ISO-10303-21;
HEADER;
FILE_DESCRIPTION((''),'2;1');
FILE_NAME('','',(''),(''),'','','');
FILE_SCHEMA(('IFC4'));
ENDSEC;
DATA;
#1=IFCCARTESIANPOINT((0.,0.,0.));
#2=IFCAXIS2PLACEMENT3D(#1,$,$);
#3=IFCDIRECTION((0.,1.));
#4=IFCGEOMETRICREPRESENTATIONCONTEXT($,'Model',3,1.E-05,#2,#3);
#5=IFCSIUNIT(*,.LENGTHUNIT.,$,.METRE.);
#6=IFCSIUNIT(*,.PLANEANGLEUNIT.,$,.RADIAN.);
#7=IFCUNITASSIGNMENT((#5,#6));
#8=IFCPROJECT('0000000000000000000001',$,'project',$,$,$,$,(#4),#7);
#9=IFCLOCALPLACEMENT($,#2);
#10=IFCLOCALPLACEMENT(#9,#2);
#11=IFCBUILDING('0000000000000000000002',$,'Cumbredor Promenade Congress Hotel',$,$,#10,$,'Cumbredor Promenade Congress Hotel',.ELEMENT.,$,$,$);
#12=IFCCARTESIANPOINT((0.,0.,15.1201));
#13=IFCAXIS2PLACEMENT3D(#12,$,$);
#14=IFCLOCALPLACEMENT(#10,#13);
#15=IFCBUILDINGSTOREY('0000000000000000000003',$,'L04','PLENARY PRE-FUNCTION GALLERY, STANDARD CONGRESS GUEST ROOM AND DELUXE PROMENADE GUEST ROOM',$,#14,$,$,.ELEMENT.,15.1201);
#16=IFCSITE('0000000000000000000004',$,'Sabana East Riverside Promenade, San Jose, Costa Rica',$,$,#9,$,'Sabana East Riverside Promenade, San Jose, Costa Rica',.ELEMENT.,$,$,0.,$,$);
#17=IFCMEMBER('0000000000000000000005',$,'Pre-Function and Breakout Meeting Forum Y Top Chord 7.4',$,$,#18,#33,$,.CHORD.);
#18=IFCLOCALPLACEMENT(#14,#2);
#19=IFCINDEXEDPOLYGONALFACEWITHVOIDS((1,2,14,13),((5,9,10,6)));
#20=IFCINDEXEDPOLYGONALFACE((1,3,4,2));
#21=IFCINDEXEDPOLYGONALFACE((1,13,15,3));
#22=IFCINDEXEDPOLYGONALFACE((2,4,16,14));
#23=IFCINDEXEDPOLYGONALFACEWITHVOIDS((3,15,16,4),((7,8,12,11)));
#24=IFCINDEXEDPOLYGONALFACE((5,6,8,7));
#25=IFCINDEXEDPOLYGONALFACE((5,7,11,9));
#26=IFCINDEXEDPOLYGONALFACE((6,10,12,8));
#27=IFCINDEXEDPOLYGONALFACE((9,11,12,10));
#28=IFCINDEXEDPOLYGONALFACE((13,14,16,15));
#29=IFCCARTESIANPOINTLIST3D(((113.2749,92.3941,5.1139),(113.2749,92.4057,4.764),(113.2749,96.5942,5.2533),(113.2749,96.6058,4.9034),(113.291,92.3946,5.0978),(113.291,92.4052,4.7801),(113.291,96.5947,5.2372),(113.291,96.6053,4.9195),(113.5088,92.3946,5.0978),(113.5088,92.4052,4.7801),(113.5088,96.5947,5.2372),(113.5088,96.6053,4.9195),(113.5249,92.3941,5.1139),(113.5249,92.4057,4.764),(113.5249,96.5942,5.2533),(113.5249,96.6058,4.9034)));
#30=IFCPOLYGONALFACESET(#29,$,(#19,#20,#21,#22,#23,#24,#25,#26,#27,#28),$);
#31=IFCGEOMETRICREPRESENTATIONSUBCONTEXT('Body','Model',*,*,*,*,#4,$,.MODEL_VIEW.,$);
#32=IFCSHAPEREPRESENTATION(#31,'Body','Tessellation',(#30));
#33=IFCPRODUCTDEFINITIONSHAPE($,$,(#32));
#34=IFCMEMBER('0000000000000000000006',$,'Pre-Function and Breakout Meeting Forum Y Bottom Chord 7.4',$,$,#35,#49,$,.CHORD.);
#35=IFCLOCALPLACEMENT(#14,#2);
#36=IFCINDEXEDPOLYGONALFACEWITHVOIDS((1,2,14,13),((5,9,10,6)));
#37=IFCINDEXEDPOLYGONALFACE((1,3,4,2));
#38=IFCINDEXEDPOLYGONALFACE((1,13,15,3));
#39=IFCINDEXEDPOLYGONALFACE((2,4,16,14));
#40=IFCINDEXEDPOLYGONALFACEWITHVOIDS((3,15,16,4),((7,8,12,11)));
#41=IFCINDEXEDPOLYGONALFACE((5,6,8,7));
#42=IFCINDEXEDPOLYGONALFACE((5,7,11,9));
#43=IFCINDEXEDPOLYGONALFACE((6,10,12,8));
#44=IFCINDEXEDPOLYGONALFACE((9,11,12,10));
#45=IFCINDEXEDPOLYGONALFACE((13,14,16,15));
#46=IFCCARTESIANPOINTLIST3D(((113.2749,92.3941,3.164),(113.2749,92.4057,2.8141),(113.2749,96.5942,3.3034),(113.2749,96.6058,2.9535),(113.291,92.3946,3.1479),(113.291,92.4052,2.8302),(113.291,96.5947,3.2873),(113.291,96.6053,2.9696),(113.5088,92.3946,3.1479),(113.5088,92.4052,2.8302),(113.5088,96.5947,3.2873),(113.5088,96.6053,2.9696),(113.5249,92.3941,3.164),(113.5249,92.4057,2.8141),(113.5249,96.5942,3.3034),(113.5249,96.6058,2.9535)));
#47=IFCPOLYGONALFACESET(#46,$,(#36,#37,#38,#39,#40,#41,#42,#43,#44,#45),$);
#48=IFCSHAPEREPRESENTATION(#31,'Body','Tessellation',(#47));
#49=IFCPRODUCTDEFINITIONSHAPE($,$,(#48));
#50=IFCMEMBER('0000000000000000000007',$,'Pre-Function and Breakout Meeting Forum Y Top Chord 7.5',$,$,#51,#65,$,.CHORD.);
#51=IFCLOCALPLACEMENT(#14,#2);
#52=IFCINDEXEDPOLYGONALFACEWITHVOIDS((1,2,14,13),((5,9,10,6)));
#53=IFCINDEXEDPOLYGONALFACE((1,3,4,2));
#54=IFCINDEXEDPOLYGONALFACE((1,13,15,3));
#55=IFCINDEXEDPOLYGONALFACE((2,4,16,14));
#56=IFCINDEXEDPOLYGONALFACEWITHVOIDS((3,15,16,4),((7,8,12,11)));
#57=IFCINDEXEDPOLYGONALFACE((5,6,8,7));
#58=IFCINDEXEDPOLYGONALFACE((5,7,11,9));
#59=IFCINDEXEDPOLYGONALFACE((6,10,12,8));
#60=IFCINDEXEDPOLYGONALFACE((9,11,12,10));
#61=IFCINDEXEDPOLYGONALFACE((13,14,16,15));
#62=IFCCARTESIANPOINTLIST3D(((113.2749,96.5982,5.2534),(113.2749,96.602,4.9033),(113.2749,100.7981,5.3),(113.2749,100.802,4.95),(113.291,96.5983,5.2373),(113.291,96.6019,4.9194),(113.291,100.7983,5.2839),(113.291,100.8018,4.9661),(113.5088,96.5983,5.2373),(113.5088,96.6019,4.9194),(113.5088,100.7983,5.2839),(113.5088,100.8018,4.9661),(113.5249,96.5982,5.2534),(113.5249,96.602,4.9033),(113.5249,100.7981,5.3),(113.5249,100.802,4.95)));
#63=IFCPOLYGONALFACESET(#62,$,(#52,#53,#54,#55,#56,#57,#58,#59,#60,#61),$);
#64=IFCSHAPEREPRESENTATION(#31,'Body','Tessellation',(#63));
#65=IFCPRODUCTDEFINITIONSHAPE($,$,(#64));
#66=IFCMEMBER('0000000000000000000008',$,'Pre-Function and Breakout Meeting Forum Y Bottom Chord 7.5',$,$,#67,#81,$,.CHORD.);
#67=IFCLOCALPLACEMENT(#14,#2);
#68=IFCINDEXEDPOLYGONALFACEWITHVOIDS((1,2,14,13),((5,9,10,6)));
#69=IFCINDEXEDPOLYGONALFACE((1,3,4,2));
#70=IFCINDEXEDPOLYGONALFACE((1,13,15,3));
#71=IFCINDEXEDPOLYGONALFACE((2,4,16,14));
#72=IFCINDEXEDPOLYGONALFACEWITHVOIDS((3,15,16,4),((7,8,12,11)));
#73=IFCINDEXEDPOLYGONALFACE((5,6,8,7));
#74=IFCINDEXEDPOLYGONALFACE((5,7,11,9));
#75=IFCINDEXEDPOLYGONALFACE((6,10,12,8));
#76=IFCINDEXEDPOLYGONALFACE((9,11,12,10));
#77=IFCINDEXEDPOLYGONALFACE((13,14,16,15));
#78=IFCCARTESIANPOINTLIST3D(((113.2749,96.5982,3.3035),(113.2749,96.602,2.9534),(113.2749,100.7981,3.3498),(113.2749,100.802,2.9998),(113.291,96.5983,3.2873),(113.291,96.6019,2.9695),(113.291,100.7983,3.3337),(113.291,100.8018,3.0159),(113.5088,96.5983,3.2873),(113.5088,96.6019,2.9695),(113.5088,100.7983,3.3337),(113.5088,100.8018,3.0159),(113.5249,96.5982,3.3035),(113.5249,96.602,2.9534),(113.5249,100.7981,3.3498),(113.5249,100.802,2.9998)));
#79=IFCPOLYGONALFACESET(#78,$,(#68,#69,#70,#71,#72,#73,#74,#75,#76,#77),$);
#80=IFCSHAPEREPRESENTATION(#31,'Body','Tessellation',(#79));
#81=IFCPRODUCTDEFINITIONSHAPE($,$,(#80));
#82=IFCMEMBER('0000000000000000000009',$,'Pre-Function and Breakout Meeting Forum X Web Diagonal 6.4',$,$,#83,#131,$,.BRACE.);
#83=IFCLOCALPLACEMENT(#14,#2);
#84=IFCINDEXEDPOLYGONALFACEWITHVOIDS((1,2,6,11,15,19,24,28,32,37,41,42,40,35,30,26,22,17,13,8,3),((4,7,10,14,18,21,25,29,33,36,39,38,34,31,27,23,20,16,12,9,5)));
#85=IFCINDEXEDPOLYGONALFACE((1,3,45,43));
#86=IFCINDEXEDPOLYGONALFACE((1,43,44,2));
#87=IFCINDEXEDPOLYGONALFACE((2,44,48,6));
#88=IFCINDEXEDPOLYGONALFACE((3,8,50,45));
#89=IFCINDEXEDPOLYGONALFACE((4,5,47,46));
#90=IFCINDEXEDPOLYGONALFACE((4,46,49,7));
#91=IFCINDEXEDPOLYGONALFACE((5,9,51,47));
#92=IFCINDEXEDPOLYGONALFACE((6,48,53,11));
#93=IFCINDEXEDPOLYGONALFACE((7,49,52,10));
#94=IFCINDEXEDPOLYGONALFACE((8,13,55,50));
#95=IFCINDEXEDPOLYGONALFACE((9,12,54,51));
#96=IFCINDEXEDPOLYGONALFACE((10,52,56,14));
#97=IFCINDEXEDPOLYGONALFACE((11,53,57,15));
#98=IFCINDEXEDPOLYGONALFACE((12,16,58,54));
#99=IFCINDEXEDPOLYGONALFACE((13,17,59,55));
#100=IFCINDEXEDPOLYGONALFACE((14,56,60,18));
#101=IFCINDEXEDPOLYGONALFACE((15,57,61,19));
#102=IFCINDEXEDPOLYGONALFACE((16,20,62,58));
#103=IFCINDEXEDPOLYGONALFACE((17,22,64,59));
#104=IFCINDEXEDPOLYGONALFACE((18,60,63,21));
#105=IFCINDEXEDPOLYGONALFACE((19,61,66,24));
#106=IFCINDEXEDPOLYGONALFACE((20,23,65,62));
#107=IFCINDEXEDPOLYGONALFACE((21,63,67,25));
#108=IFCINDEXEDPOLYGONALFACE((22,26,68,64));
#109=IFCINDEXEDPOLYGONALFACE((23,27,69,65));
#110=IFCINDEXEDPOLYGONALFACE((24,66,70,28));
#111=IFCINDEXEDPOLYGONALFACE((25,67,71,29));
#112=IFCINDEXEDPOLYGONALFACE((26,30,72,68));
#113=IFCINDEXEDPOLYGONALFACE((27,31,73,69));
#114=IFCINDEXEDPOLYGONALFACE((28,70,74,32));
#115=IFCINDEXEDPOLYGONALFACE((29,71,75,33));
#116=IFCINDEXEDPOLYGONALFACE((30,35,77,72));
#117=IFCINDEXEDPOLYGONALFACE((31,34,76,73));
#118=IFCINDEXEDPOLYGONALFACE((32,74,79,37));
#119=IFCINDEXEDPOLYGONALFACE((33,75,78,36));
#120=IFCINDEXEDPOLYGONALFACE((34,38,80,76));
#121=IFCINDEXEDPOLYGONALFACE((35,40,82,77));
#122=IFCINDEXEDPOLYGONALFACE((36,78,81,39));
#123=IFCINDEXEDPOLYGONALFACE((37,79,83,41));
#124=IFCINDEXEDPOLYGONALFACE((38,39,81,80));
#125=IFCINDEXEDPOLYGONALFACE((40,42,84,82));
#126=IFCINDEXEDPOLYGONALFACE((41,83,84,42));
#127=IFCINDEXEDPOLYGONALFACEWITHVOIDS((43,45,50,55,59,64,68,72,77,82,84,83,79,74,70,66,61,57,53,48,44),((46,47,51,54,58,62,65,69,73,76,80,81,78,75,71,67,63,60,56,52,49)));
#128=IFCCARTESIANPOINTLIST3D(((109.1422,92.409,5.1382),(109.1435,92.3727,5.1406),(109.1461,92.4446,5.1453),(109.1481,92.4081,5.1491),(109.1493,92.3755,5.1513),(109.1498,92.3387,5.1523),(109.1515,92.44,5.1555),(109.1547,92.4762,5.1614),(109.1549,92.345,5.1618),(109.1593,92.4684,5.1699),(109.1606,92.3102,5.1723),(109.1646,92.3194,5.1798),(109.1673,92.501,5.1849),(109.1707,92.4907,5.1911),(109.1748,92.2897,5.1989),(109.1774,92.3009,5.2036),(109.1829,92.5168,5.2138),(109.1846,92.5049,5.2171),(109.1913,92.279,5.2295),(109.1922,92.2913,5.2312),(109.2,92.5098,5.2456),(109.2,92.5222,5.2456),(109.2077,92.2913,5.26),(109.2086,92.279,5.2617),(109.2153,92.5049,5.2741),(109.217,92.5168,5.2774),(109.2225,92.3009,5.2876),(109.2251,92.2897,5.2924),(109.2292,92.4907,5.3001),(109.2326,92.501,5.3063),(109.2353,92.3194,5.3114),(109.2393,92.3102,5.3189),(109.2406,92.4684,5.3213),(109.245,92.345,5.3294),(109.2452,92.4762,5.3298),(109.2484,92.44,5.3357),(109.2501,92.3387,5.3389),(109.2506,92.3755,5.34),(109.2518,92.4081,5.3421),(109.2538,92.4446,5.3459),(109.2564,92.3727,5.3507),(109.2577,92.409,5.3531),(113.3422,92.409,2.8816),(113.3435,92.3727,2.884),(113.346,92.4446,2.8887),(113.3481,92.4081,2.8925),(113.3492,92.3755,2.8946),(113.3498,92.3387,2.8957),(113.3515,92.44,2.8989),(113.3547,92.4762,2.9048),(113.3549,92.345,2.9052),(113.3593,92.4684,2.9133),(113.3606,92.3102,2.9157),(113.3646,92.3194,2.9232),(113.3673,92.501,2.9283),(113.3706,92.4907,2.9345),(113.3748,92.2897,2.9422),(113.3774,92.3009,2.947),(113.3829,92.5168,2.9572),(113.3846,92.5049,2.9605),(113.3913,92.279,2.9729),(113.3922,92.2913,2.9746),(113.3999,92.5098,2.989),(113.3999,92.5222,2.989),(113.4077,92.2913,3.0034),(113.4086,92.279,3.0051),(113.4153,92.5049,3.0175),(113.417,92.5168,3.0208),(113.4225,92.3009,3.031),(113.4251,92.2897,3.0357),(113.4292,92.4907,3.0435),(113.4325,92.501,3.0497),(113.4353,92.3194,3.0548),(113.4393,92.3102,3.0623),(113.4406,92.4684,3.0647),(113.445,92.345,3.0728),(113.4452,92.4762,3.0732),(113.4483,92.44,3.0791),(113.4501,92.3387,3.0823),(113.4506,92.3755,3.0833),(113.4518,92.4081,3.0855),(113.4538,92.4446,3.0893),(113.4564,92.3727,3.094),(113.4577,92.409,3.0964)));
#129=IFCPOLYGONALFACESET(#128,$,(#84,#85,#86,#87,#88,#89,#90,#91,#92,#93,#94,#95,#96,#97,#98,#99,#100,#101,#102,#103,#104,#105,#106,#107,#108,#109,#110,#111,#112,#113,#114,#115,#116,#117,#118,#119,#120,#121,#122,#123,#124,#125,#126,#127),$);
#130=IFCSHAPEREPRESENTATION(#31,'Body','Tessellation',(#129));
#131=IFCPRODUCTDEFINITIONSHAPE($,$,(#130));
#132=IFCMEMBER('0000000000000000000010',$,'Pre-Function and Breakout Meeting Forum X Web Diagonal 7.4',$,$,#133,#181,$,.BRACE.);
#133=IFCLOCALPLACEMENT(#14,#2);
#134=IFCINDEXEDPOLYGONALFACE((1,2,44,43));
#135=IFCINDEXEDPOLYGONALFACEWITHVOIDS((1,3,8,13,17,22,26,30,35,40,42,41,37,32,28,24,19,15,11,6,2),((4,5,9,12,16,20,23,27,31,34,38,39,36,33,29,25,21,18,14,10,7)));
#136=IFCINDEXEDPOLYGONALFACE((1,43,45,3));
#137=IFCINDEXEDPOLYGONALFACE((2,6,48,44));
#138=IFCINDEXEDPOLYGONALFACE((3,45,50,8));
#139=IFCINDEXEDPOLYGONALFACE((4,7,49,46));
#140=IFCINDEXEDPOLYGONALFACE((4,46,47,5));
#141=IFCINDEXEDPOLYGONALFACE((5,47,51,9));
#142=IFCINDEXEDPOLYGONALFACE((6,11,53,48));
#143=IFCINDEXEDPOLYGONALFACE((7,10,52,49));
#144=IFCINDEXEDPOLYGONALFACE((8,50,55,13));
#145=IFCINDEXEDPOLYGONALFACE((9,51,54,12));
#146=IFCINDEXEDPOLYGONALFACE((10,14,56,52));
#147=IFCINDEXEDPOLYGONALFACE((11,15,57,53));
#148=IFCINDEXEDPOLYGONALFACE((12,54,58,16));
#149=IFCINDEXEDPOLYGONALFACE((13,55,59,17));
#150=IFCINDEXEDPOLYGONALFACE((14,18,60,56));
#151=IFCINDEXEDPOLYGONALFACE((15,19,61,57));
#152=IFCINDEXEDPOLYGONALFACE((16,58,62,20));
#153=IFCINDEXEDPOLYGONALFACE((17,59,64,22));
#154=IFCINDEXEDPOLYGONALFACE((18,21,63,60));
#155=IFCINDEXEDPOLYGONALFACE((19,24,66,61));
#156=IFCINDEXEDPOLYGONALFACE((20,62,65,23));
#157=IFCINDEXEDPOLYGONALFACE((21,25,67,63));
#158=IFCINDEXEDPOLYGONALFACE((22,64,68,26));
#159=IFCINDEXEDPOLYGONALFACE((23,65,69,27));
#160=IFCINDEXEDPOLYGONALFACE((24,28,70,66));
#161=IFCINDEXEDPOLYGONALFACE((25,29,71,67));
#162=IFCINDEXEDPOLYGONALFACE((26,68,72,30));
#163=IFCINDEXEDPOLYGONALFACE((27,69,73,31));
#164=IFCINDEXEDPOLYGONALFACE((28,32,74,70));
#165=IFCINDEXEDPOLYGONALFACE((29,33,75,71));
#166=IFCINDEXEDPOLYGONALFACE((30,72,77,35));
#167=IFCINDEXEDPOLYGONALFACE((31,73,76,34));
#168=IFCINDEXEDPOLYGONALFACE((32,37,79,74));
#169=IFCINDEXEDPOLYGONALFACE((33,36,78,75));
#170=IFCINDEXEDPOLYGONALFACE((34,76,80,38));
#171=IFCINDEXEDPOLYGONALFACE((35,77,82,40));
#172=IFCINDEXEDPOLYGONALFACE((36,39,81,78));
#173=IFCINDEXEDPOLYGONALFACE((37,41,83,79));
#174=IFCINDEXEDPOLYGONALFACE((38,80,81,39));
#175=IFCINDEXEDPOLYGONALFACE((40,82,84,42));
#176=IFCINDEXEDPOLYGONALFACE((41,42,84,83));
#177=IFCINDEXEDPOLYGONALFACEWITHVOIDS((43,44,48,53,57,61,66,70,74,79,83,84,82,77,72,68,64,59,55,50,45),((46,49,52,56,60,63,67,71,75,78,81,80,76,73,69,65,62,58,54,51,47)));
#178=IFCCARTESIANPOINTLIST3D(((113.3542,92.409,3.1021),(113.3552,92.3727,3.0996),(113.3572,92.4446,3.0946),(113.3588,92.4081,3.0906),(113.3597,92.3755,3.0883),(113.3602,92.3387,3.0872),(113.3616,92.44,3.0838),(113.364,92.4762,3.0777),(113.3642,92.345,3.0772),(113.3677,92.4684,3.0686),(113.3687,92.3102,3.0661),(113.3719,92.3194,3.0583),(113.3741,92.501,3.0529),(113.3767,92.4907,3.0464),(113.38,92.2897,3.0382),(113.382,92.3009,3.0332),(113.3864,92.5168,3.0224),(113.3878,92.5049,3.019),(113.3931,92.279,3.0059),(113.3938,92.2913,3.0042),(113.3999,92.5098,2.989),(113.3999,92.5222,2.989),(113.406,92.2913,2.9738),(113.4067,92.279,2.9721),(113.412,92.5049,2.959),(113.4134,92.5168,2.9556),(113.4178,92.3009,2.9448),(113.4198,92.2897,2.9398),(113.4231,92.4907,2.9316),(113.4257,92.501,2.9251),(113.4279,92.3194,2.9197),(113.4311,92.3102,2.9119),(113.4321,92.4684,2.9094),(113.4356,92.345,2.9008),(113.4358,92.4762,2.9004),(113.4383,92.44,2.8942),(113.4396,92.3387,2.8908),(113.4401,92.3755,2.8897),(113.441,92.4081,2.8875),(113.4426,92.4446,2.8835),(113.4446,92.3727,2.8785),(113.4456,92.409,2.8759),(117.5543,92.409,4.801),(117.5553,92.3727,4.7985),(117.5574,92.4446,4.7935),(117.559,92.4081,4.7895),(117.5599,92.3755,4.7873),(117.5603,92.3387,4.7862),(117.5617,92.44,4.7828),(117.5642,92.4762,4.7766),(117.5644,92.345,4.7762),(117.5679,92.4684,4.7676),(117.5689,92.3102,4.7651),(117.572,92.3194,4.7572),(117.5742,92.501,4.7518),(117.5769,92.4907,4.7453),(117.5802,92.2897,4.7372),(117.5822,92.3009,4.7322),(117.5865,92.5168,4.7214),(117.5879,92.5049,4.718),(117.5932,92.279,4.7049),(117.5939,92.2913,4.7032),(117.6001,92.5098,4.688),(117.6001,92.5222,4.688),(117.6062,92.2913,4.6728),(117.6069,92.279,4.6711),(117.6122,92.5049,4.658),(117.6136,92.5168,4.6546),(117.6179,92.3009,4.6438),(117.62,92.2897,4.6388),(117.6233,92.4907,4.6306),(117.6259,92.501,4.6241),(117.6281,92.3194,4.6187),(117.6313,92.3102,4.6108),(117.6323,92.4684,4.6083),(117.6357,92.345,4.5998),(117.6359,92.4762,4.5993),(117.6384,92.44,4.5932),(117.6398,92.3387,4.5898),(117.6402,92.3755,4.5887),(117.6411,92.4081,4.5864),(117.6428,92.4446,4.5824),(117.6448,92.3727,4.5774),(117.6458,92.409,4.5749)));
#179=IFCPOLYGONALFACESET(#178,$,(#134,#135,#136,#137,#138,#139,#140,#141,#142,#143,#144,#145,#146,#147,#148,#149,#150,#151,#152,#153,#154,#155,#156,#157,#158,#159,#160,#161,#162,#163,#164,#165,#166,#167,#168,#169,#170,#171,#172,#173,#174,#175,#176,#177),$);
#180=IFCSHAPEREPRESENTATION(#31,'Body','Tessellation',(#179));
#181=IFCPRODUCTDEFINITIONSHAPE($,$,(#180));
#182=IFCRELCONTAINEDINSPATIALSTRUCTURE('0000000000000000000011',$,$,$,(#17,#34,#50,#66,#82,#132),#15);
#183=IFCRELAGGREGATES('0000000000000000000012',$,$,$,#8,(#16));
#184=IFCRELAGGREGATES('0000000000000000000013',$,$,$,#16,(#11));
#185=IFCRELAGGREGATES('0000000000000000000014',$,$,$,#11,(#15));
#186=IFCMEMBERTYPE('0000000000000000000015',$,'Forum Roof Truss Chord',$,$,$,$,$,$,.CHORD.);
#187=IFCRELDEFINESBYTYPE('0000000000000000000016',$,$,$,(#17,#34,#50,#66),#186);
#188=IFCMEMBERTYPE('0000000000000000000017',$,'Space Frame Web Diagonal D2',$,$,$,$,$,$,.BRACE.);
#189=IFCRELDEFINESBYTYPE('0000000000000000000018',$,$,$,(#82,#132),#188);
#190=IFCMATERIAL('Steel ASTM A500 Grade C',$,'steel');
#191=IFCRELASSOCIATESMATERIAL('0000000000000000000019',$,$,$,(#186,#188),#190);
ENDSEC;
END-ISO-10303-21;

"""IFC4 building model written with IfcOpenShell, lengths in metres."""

from ifc_helpers import new_model, si_unit, direction, frame, origin, origin_2d, place, context, subcontext, project, spatial, hollow_rectangle, hollow_circle, extrude, material, material_profile, profile_set, type_object, element, save


model = new_model("IFC4")

# Units and contexts
model_context = context("Model", 3, precision=1e-05, world=origin(), true_north=direction((0.0, 1.0)))
body_context = subcontext(model_context, "Body", "Model", "MODEL_VIEW")
ifc_project = project(units=[si_unit("LENGTHUNIT", "METRE"), si_unit("PLANEANGLEUNIT", "RADIAN")], contexts=[model_context])

# Site, building, storey
site_placement = place(None, origin())
site = spatial("IfcSite", under=ifc_project, at=site_placement, Name="Sabana East Riverside Promenade, San Jose, Costa Rica", LongName="Sabana East Riverside Promenade, San Jose, Costa Rica", CompositionType="ELEMENT", RefElevation=0.0)
building_placement = place(site_placement, origin())
building = spatial("IfcBuilding", under=site, at=building_placement, Name="Cumbredor Promenade Congress Hotel", LongName="Cumbredor Promenade Congress Hotel", CompositionType="ELEMENT")
storey_placement = place(building_placement, frame((0.0, 0.0, 15.1201)))
storey = spatial("IfcBuildingStorey", under=building, at=storey_placement, Name="L04", Description="PLENARY PRE-FUNCTION GALLERY, STANDARD CONGRESS GUEST ROOM AND DELUXE PROMENADE GUEST ROOM", CompositionType="ELEMENT", Elevation=15.1201)

# Members
ifc_material_1 = material(Name="Steel ASTM A500 Grade C", Category="steel")
ifc_material_profile_1 = material_profile(ifc_material_1, hollow_rectangle(XDim=0.25, YDim=0.3501, WallThickness=0.0161, at=origin_2d()), Name="HSS 350x250x16")
ifc_profile_set_1 = profile_set([ifc_material_profile_1], Name="Steel ASTM A500 Grade C")
member_type_1 = type_object("IfcMemberType", Name="Forum Roof Truss Chord", PredefinedType="CHORD", material=ifc_profile_set_1)
for number, where, z_axis, x_axis, name in (
    (1, (113.3999, 92.3999, 4.939), (0.0, 0.99945, 0.033172), (-1.0, 0.0, 0.0), "Pre-Function and Breakout Meeting Forum Y Top Chord 7.4"),
    (2, (113.3999, 92.3999, 2.989), (0.0, 0.99945, 0.033172), (-1.0, 0.0, 0.0), "Pre-Function and Breakout Meeting Forum Y Bottom Chord 7.4"),
):
    element("IfcMember", number, at=place(storey_placement, frame(where, z_axis=z_axis, x_axis=x_axis)), inside=storey, type_object=member_type_1, Name=name, PredefinedType="CHORD", context=body_context, shape_type="SweptSolid", body=[
        extrude(hollow_rectangle(XDim=0.25, YDim=0.3501, WallThickness=0.0161, at=origin_2d()), origin(), (0.0, 0.0, 1.0), 4.2024),
    ])
for number, where, z_axis, x_axis, name in (
    (3, (113.3999, 96.6001, 5.0784), (0.0, 0.999938, 0.011102), (-1.0, 0.0, 0.0), "Pre-Function and Breakout Meeting Forum Y Top Chord 7.5"),
    (4, (113.3999, 96.6001, 3.1284), (0.0, 0.999939, 0.011044), (-1.0, 0.0, 0.0), "Pre-Function and Breakout Meeting Forum Y Bottom Chord 7.5"),
):
    element("IfcMember", number, at=place(storey_placement, frame(where, z_axis=z_axis, x_axis=x_axis)), inside=storey, type_object=member_type_1, Name=name, PredefinedType="CHORD", context=body_context, shape_type="SweptSolid", body=[
        extrude(hollow_rectangle(XDim=0.25, YDim=0.3501, WallThickness=0.0161, at=origin_2d()), origin(), (0.0, 0.0, 1.0), 4.2002),
    ])
ifc_material_profile_2 = material_profile(ifc_material_1, hollow_circle(Radius=0.1223, WallThickness=0.0125, at=origin_2d()), Name="CHS 244.5x12.5")
ifc_profile_set_2 = profile_set([ifc_material_profile_2], Name="Steel ASTM A500 Grade C")
member_type_2 = type_object("IfcMemberType", Name="Space Frame Web Diagonal D2", PredefinedType="BRACE", material=ifc_profile_set_2)
member_1_placement = place(storey_placement, frame((109.2, 92.3999, 5.2456), z_axis=(0.880902, 0.0, -0.4733), x_axis=(0.0, 1.0, 0.0)))
element("IfcMember", 5, at=member_1_placement, inside=storey, type_object=member_type_2, Name="Pre-Function and Breakout Meeting Forum X Web Diagonal 6.4", PredefinedType="BRACE", context=body_context, shape_type="SweptSolid", body=[
    extrude(hollow_circle(Radius=0.1223, WallThickness=0.0125, at=origin_2d()), origin(), (0.0, 0.0, 1.0), 4.7678),
])
member_2_placement = place(storey_placement, frame((113.3999, 92.3999, 2.989), z_axis=(0.927032, 0.0, 0.374983), x_axis=(0.0, 1.0, 0.0)))
element("IfcMember", 6, at=member_2_placement, inside=storey, type_object=member_type_2, Name="Pre-Function and Breakout Meeting Forum X Web Diagonal 7.4", PredefinedType="BRACE", context=body_context, shape_type="SweptSolid", body=[
    extrude(hollow_circle(Radius=0.1223, WallThickness=0.0125, at=origin_2d()), origin(), (0.0, 0.0, 1.0), 4.5308),
])

save(model, "model.ifc")
